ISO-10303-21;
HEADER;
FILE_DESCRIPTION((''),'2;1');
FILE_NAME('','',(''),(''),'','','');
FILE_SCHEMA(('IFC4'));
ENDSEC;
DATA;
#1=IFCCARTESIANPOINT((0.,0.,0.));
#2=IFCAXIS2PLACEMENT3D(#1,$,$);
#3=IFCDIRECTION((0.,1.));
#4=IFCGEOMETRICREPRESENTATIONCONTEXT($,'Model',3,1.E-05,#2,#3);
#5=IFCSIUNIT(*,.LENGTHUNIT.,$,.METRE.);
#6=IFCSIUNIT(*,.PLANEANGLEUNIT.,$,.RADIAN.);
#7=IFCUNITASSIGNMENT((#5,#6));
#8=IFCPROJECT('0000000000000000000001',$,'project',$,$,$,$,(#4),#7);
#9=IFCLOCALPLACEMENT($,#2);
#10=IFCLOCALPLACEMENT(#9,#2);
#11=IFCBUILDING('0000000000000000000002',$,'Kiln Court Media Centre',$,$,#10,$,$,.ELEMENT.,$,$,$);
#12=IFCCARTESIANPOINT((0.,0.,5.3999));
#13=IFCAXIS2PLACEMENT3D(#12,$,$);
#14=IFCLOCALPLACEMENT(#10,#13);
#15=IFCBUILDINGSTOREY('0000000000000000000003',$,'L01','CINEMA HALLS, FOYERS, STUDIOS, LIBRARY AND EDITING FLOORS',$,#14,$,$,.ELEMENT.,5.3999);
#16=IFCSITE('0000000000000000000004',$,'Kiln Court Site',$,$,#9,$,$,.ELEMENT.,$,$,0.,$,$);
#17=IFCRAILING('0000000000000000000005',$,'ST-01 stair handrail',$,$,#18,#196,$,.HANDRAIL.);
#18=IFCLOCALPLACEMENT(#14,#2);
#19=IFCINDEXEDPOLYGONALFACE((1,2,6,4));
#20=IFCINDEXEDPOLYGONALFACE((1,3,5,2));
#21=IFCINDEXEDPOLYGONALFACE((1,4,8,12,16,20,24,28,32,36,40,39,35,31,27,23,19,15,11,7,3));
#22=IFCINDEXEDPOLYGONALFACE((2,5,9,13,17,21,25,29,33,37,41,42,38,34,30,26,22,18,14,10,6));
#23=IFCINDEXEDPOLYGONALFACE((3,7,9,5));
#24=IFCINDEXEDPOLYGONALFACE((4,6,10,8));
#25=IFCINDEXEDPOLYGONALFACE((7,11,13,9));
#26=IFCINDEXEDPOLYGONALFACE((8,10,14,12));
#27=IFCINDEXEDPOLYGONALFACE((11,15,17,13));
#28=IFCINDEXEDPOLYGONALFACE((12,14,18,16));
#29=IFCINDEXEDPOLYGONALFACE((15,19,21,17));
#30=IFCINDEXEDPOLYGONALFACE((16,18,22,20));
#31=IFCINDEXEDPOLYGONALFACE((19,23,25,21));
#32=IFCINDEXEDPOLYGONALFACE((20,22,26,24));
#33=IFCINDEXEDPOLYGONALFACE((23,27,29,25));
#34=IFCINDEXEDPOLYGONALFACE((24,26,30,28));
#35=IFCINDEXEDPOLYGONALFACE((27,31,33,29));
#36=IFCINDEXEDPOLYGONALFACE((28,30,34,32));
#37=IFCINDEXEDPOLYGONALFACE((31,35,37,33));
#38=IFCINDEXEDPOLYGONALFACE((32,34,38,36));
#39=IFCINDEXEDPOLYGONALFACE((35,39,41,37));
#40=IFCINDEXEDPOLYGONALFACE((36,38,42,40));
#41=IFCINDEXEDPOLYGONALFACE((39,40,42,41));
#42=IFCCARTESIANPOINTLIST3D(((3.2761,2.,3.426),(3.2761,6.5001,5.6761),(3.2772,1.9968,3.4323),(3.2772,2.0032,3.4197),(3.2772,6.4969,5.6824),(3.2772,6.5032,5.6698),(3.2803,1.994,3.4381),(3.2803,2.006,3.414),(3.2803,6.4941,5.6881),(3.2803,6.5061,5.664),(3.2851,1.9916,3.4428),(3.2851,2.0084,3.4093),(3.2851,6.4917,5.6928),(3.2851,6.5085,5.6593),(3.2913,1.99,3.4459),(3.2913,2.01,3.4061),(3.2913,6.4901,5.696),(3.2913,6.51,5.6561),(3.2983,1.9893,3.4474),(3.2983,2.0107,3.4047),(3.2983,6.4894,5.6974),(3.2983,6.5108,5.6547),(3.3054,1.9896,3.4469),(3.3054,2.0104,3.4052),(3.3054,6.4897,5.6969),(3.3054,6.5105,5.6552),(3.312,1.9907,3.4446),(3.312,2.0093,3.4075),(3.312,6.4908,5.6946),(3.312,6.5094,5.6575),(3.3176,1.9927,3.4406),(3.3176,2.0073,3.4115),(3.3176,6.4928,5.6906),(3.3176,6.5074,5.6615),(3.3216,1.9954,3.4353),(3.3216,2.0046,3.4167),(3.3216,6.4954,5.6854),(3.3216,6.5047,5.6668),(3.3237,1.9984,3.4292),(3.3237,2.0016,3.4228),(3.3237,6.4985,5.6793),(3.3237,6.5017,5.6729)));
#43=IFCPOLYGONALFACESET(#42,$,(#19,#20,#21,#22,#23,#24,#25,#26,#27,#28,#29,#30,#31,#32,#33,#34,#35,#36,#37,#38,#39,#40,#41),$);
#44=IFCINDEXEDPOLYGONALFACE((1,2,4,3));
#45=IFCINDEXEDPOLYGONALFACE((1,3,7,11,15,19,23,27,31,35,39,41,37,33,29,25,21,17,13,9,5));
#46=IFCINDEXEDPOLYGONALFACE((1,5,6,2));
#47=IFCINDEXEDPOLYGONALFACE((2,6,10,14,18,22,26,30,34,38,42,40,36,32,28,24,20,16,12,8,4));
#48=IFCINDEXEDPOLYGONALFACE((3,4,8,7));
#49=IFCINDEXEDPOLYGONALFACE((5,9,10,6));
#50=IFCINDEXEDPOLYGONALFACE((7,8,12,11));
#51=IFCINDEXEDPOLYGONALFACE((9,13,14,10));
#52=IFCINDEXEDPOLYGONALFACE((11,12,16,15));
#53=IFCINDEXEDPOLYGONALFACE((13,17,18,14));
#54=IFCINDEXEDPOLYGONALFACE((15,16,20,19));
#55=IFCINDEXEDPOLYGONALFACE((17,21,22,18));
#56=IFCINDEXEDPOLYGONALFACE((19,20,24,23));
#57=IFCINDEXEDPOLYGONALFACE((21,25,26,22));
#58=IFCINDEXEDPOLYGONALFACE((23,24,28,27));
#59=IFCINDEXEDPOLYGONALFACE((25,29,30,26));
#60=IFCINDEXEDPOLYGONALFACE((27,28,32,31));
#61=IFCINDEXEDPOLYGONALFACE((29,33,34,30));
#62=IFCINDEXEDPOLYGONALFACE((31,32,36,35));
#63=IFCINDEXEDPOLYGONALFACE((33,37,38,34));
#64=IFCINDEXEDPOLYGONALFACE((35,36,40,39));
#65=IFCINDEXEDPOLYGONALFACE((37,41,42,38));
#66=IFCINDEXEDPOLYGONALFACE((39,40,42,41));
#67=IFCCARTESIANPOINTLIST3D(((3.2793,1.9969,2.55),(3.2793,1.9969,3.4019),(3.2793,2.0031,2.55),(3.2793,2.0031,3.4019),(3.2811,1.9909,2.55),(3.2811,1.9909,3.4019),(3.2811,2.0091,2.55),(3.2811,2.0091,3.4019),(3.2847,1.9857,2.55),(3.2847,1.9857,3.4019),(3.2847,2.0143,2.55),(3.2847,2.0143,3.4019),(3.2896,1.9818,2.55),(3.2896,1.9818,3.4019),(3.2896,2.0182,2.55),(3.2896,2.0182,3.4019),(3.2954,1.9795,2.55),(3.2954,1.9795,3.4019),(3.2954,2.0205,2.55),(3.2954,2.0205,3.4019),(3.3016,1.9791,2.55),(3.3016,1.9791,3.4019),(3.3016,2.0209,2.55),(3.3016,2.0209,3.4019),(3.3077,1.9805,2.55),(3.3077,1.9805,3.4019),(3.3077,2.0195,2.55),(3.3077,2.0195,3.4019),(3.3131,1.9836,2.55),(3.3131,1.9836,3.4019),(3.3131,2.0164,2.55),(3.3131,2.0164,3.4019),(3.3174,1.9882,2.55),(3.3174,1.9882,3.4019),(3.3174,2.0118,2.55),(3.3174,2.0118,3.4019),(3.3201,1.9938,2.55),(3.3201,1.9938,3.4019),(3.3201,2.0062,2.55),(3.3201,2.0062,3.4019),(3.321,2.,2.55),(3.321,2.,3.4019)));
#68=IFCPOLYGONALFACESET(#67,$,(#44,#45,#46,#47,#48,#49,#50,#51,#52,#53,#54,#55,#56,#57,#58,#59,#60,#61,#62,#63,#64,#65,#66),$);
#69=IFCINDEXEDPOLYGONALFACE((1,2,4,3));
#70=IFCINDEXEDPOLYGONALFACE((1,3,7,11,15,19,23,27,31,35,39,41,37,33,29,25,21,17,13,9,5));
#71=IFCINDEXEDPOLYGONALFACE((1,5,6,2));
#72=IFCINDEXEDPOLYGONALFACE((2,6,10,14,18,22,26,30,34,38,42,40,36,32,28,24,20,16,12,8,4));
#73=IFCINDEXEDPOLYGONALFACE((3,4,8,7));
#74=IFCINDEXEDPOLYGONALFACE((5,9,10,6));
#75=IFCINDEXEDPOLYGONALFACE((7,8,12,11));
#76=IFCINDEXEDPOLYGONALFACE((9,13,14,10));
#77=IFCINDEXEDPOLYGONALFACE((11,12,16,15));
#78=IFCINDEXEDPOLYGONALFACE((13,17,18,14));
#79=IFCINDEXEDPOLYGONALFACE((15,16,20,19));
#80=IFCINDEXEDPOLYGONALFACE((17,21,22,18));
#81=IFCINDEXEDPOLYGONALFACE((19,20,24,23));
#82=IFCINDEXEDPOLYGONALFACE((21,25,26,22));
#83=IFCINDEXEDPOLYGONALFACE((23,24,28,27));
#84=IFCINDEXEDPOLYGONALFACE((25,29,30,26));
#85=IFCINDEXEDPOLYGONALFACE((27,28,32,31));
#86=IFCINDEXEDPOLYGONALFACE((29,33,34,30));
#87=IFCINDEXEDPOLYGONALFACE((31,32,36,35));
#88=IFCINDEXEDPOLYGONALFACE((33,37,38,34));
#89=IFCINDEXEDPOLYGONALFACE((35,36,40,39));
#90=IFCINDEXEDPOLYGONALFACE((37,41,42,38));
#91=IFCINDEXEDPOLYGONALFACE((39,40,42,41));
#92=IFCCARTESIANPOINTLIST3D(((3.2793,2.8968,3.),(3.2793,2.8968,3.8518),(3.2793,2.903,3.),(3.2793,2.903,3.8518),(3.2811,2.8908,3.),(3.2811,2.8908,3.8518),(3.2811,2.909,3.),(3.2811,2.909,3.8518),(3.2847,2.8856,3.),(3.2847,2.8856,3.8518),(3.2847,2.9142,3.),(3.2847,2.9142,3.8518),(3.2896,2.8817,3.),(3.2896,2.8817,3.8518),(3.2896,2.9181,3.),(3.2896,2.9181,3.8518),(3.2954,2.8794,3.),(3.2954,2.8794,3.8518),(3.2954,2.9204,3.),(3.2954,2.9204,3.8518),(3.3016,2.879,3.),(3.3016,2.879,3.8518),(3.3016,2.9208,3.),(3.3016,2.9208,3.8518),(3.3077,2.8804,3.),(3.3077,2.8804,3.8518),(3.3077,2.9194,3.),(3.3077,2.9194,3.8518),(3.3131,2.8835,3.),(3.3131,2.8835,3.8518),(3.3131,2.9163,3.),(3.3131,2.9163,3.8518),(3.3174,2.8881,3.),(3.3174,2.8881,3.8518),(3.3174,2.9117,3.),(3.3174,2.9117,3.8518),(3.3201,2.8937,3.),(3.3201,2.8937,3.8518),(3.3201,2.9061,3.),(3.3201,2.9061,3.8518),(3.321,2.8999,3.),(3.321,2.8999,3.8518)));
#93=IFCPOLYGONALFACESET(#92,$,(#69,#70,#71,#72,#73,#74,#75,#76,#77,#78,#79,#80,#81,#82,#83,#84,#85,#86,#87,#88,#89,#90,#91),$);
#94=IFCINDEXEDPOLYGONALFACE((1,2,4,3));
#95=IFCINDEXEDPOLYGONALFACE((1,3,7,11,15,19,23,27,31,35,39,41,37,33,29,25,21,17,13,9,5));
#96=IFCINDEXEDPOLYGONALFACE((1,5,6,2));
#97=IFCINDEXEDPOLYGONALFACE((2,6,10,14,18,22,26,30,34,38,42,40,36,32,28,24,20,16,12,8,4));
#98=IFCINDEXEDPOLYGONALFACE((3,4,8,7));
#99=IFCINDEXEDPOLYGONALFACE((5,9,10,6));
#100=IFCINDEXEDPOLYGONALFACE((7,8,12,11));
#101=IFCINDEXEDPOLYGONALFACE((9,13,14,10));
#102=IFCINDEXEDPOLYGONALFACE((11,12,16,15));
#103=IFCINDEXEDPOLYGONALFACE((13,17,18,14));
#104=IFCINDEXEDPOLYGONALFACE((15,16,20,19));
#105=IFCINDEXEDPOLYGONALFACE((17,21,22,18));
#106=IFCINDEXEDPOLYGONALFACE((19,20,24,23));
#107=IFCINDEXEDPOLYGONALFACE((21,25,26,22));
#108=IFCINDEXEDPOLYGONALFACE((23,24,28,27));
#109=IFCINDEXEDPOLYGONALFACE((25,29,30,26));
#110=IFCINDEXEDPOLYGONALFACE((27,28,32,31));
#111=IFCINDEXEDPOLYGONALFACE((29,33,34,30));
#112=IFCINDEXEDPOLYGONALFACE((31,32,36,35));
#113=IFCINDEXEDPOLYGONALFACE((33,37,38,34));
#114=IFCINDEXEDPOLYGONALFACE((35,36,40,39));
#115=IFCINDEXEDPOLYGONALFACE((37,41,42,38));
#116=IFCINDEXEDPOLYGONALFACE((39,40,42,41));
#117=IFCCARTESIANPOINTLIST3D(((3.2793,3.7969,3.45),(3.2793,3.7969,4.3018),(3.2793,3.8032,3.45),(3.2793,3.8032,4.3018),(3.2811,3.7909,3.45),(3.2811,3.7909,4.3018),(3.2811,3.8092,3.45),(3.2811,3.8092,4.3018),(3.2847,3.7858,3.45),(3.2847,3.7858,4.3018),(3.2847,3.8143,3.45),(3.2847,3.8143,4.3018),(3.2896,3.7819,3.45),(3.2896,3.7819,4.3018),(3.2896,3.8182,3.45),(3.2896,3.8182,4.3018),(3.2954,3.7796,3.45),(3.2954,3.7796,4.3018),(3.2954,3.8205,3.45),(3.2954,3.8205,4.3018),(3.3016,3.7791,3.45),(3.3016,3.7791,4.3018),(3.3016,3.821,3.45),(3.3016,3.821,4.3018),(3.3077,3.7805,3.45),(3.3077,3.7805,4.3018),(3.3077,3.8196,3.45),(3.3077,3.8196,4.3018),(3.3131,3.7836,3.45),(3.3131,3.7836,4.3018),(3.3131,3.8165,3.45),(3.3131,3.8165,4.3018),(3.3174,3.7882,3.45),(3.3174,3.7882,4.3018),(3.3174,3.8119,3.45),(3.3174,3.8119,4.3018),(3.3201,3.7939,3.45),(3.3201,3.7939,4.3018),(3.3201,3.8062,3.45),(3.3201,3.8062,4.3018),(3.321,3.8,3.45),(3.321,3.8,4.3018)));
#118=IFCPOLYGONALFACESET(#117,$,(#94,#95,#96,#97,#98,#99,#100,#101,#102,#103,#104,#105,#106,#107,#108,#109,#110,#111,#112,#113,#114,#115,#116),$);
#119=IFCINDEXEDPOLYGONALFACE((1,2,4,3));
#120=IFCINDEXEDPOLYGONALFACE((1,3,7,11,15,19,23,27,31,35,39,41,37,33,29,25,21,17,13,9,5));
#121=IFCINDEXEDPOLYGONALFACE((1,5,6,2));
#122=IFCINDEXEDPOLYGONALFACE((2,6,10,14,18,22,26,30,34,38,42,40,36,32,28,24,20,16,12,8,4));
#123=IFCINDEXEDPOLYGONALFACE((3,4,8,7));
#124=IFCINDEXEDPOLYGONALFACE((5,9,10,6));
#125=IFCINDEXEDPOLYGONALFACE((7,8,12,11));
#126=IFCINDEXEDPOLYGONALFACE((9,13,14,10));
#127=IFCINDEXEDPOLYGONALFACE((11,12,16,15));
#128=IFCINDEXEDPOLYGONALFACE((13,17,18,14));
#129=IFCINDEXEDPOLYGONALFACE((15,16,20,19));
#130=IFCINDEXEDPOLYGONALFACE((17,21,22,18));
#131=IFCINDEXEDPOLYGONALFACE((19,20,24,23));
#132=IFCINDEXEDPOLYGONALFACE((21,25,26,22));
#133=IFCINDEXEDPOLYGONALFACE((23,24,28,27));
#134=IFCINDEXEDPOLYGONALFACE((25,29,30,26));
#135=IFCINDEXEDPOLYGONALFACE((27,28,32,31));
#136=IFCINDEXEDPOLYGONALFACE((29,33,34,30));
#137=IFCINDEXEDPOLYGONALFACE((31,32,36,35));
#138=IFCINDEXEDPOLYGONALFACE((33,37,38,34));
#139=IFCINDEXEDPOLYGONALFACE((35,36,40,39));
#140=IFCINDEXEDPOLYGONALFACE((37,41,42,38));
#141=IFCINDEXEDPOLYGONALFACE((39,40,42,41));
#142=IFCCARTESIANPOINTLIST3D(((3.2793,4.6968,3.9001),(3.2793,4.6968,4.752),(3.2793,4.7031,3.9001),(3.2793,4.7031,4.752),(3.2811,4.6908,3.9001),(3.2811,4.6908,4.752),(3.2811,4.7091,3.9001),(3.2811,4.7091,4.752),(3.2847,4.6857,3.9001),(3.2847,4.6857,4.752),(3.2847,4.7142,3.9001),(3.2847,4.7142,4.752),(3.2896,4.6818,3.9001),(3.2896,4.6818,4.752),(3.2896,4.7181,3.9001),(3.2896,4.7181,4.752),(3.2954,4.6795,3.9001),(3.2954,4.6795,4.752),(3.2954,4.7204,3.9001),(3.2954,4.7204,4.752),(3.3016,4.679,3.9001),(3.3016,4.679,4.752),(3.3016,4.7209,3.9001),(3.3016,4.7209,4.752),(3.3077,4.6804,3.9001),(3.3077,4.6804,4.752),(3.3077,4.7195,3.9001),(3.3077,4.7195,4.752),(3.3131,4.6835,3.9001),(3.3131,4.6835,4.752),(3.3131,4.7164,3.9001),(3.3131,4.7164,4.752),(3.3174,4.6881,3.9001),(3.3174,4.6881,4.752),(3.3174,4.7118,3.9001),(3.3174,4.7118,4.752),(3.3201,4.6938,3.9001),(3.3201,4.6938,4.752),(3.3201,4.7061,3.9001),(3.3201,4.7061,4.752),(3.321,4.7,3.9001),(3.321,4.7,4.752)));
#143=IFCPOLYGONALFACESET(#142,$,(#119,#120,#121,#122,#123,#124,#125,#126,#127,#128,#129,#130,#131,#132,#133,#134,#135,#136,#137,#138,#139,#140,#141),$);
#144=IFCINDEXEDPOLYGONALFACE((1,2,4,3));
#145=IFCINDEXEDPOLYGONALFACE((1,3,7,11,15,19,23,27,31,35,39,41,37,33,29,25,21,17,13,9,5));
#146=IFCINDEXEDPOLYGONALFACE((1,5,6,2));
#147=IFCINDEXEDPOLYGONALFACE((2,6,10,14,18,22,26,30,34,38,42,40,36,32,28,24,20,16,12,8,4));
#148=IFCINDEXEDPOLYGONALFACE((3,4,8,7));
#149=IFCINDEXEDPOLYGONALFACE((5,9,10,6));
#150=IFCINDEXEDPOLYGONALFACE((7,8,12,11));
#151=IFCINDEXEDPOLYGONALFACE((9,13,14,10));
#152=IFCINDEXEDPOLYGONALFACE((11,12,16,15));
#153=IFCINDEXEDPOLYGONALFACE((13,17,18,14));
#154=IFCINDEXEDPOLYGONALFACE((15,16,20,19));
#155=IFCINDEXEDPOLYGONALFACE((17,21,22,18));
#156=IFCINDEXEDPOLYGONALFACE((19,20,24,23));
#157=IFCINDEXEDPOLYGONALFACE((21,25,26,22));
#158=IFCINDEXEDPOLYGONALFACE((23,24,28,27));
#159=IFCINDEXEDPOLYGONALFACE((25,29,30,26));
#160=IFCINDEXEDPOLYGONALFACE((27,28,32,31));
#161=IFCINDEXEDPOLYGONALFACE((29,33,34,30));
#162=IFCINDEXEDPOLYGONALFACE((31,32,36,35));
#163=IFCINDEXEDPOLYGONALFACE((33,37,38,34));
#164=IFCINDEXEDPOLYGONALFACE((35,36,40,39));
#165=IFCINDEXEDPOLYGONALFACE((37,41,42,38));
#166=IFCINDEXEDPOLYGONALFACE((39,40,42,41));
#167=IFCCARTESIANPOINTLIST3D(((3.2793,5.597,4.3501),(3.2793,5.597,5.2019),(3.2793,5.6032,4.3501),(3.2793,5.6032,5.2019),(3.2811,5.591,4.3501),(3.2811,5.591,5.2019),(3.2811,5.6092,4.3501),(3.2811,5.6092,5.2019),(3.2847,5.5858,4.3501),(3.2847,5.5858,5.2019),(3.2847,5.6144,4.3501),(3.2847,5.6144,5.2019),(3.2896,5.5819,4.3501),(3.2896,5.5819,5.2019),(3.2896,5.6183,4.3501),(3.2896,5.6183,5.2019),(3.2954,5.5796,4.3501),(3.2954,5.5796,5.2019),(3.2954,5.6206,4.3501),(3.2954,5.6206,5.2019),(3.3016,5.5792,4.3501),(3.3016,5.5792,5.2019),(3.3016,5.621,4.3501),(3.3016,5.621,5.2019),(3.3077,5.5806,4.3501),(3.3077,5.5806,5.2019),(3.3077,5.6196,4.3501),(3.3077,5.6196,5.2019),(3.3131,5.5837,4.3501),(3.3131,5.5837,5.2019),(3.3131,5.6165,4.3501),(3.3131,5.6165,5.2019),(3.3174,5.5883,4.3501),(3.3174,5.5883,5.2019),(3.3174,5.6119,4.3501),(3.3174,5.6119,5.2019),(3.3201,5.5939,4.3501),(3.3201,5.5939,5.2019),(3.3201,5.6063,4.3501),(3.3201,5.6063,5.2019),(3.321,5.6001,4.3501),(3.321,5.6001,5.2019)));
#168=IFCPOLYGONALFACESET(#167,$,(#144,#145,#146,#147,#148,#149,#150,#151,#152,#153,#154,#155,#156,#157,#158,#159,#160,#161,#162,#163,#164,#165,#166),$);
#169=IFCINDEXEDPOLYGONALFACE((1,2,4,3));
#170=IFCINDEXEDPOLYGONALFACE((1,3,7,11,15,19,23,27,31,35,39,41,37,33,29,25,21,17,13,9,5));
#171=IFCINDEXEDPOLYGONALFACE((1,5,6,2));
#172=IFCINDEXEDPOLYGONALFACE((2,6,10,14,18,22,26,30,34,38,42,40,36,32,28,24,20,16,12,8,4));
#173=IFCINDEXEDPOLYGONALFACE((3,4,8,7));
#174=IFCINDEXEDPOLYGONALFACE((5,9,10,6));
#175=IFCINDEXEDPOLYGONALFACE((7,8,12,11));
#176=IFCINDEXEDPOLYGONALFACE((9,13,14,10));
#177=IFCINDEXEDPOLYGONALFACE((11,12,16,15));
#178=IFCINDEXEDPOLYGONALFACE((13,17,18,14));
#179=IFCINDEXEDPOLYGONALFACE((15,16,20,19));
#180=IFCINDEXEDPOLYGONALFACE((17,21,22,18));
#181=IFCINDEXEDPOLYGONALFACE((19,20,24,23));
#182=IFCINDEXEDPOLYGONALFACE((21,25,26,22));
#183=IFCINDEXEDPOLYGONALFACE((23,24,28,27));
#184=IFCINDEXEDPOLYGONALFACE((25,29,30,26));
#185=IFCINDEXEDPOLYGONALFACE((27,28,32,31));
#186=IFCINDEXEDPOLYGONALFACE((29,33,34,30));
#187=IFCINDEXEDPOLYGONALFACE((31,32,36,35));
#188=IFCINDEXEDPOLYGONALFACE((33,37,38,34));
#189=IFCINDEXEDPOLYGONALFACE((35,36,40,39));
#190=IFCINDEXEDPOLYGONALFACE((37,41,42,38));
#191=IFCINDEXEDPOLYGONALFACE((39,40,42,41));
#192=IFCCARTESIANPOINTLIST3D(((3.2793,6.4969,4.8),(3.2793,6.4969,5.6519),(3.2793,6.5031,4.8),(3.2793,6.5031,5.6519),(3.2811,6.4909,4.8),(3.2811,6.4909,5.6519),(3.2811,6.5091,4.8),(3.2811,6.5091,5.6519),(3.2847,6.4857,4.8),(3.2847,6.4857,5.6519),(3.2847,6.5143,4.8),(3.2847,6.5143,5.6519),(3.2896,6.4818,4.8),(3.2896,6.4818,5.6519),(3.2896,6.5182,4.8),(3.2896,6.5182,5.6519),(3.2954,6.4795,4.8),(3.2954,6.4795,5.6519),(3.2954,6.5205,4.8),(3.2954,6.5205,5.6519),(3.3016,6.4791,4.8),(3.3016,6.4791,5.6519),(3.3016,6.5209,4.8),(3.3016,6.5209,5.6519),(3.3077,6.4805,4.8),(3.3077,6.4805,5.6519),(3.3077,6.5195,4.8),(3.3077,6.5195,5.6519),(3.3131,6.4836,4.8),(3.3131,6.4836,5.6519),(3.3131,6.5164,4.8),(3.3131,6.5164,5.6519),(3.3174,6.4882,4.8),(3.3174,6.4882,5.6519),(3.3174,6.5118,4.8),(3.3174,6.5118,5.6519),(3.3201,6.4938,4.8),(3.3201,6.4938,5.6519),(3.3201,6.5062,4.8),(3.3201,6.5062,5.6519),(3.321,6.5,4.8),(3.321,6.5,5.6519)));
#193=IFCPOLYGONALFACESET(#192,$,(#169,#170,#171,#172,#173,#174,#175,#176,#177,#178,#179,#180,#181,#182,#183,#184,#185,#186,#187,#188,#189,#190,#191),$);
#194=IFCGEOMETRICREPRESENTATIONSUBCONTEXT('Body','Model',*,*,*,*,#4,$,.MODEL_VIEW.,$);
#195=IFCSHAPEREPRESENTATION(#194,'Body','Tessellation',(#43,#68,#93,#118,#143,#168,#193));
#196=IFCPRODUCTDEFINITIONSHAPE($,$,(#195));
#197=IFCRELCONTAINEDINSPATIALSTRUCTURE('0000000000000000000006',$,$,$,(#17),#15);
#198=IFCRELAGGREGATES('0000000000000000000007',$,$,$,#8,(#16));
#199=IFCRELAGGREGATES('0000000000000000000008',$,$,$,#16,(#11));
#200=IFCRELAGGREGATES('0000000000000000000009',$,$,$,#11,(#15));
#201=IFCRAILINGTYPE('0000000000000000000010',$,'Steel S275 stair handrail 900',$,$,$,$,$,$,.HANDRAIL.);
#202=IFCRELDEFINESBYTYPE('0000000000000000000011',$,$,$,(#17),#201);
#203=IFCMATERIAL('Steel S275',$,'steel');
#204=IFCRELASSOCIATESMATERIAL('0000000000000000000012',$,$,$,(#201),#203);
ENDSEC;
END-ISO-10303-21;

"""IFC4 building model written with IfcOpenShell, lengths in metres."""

from ifc_helpers import new_model, si_unit, direction, frame, origin, origin_2d, place, context, subcontext, project, spatial, circle, extrude, material, type_object, element, save


model = new_model("IFC4")

# Units and contexts
model_context = context("Model", 3, precision=1e-05, world=origin(), true_north=direction((0.0, 1.0)))
body_context = subcontext(model_context, "Body", "Model", "MODEL_VIEW")
ifc_project = project(units=[si_unit("LENGTHUNIT", "METRE"), si_unit("PLANEANGLEUNIT", "RADIAN")], contexts=[model_context])

# Site, building, storey
site_placement = place(None, origin())
site = spatial("IfcSite", under=ifc_project, at=site_placement, Name="Kiln Court Site", CompositionType="ELEMENT", RefElevation=0.0)
building_placement = place(site_placement, origin())
building = spatial("IfcBuilding", under=site, at=building_placement, Name="Kiln Court Media Centre", CompositionType="ELEMENT")
storey_placement = place(building_placement, frame((0.0, 0.0, 5.3999)))
storey = spatial("IfcBuildingStorey", under=building, at=storey_placement, Name="L01", Description="CINEMA HALLS, FOYERS, STUDIOS, LIBRARY AND EDITING FLOORS", CompositionType="ELEMENT", Elevation=5.3999)

# Railing
ifc_material_1 = material(Name="Steel S275", Category="steel")
railing_type_1 = type_object("IfcRailingType", Name="Steel S275 stair handrail 900", PredefinedType="HANDRAIL", material=ifc_material_1)
railing_1_placement = place(storey_placement, frame((3.3, 2.0, 2.55)))
element("IfcRailing", 1, at=railing_1_placement, inside=storey, type_object=railing_type_1, Name="ST-01 stair handrail", PredefinedType="HANDRAIL", context=body_context, shape_type="SweptSolid", body=[
    extrude(circle(Radius=0.0239, at=origin_2d()), frame((0.0, 0.0, 0.876), z_axis=(0.0, 0.894427, 0.447214), x_axis=(-1.0, 0.0, 0.0)), (0.0, 0.0, 1.0), 5.0312),
    extrude(circle(Radius=0.021, at=origin_2d()), origin(), (0.0, 0.0, 1.0), 0.8518),
    extrude(circle(Radius=0.021, at=origin_2d()), frame((0.0, 0.8999, 0.45)), (0.0, 0.0, 1.0), 0.8518),
    extrude(circle(Radius=0.021, at=origin_2d()), frame((0.0, 1.8, 0.8999)), (0.0, 0.0, 1.0), 0.8518),
    extrude(circle(Radius=0.021, at=origin_2d()), frame((0.0, 2.7, 1.3501)), (0.0, 0.0, 1.0), 0.8518),
    extrude(circle(Radius=0.021, at=origin_2d()), frame((0.0, 3.6001, 1.8)), (0.0, 0.0, 1.0), 0.8518),
    extrude(circle(Radius=0.021, at=origin_2d()), frame((0.0, 4.5, 2.25)), (0.0, 0.0, 1.0), 0.8518),
])

save(model, "model.ifc")
